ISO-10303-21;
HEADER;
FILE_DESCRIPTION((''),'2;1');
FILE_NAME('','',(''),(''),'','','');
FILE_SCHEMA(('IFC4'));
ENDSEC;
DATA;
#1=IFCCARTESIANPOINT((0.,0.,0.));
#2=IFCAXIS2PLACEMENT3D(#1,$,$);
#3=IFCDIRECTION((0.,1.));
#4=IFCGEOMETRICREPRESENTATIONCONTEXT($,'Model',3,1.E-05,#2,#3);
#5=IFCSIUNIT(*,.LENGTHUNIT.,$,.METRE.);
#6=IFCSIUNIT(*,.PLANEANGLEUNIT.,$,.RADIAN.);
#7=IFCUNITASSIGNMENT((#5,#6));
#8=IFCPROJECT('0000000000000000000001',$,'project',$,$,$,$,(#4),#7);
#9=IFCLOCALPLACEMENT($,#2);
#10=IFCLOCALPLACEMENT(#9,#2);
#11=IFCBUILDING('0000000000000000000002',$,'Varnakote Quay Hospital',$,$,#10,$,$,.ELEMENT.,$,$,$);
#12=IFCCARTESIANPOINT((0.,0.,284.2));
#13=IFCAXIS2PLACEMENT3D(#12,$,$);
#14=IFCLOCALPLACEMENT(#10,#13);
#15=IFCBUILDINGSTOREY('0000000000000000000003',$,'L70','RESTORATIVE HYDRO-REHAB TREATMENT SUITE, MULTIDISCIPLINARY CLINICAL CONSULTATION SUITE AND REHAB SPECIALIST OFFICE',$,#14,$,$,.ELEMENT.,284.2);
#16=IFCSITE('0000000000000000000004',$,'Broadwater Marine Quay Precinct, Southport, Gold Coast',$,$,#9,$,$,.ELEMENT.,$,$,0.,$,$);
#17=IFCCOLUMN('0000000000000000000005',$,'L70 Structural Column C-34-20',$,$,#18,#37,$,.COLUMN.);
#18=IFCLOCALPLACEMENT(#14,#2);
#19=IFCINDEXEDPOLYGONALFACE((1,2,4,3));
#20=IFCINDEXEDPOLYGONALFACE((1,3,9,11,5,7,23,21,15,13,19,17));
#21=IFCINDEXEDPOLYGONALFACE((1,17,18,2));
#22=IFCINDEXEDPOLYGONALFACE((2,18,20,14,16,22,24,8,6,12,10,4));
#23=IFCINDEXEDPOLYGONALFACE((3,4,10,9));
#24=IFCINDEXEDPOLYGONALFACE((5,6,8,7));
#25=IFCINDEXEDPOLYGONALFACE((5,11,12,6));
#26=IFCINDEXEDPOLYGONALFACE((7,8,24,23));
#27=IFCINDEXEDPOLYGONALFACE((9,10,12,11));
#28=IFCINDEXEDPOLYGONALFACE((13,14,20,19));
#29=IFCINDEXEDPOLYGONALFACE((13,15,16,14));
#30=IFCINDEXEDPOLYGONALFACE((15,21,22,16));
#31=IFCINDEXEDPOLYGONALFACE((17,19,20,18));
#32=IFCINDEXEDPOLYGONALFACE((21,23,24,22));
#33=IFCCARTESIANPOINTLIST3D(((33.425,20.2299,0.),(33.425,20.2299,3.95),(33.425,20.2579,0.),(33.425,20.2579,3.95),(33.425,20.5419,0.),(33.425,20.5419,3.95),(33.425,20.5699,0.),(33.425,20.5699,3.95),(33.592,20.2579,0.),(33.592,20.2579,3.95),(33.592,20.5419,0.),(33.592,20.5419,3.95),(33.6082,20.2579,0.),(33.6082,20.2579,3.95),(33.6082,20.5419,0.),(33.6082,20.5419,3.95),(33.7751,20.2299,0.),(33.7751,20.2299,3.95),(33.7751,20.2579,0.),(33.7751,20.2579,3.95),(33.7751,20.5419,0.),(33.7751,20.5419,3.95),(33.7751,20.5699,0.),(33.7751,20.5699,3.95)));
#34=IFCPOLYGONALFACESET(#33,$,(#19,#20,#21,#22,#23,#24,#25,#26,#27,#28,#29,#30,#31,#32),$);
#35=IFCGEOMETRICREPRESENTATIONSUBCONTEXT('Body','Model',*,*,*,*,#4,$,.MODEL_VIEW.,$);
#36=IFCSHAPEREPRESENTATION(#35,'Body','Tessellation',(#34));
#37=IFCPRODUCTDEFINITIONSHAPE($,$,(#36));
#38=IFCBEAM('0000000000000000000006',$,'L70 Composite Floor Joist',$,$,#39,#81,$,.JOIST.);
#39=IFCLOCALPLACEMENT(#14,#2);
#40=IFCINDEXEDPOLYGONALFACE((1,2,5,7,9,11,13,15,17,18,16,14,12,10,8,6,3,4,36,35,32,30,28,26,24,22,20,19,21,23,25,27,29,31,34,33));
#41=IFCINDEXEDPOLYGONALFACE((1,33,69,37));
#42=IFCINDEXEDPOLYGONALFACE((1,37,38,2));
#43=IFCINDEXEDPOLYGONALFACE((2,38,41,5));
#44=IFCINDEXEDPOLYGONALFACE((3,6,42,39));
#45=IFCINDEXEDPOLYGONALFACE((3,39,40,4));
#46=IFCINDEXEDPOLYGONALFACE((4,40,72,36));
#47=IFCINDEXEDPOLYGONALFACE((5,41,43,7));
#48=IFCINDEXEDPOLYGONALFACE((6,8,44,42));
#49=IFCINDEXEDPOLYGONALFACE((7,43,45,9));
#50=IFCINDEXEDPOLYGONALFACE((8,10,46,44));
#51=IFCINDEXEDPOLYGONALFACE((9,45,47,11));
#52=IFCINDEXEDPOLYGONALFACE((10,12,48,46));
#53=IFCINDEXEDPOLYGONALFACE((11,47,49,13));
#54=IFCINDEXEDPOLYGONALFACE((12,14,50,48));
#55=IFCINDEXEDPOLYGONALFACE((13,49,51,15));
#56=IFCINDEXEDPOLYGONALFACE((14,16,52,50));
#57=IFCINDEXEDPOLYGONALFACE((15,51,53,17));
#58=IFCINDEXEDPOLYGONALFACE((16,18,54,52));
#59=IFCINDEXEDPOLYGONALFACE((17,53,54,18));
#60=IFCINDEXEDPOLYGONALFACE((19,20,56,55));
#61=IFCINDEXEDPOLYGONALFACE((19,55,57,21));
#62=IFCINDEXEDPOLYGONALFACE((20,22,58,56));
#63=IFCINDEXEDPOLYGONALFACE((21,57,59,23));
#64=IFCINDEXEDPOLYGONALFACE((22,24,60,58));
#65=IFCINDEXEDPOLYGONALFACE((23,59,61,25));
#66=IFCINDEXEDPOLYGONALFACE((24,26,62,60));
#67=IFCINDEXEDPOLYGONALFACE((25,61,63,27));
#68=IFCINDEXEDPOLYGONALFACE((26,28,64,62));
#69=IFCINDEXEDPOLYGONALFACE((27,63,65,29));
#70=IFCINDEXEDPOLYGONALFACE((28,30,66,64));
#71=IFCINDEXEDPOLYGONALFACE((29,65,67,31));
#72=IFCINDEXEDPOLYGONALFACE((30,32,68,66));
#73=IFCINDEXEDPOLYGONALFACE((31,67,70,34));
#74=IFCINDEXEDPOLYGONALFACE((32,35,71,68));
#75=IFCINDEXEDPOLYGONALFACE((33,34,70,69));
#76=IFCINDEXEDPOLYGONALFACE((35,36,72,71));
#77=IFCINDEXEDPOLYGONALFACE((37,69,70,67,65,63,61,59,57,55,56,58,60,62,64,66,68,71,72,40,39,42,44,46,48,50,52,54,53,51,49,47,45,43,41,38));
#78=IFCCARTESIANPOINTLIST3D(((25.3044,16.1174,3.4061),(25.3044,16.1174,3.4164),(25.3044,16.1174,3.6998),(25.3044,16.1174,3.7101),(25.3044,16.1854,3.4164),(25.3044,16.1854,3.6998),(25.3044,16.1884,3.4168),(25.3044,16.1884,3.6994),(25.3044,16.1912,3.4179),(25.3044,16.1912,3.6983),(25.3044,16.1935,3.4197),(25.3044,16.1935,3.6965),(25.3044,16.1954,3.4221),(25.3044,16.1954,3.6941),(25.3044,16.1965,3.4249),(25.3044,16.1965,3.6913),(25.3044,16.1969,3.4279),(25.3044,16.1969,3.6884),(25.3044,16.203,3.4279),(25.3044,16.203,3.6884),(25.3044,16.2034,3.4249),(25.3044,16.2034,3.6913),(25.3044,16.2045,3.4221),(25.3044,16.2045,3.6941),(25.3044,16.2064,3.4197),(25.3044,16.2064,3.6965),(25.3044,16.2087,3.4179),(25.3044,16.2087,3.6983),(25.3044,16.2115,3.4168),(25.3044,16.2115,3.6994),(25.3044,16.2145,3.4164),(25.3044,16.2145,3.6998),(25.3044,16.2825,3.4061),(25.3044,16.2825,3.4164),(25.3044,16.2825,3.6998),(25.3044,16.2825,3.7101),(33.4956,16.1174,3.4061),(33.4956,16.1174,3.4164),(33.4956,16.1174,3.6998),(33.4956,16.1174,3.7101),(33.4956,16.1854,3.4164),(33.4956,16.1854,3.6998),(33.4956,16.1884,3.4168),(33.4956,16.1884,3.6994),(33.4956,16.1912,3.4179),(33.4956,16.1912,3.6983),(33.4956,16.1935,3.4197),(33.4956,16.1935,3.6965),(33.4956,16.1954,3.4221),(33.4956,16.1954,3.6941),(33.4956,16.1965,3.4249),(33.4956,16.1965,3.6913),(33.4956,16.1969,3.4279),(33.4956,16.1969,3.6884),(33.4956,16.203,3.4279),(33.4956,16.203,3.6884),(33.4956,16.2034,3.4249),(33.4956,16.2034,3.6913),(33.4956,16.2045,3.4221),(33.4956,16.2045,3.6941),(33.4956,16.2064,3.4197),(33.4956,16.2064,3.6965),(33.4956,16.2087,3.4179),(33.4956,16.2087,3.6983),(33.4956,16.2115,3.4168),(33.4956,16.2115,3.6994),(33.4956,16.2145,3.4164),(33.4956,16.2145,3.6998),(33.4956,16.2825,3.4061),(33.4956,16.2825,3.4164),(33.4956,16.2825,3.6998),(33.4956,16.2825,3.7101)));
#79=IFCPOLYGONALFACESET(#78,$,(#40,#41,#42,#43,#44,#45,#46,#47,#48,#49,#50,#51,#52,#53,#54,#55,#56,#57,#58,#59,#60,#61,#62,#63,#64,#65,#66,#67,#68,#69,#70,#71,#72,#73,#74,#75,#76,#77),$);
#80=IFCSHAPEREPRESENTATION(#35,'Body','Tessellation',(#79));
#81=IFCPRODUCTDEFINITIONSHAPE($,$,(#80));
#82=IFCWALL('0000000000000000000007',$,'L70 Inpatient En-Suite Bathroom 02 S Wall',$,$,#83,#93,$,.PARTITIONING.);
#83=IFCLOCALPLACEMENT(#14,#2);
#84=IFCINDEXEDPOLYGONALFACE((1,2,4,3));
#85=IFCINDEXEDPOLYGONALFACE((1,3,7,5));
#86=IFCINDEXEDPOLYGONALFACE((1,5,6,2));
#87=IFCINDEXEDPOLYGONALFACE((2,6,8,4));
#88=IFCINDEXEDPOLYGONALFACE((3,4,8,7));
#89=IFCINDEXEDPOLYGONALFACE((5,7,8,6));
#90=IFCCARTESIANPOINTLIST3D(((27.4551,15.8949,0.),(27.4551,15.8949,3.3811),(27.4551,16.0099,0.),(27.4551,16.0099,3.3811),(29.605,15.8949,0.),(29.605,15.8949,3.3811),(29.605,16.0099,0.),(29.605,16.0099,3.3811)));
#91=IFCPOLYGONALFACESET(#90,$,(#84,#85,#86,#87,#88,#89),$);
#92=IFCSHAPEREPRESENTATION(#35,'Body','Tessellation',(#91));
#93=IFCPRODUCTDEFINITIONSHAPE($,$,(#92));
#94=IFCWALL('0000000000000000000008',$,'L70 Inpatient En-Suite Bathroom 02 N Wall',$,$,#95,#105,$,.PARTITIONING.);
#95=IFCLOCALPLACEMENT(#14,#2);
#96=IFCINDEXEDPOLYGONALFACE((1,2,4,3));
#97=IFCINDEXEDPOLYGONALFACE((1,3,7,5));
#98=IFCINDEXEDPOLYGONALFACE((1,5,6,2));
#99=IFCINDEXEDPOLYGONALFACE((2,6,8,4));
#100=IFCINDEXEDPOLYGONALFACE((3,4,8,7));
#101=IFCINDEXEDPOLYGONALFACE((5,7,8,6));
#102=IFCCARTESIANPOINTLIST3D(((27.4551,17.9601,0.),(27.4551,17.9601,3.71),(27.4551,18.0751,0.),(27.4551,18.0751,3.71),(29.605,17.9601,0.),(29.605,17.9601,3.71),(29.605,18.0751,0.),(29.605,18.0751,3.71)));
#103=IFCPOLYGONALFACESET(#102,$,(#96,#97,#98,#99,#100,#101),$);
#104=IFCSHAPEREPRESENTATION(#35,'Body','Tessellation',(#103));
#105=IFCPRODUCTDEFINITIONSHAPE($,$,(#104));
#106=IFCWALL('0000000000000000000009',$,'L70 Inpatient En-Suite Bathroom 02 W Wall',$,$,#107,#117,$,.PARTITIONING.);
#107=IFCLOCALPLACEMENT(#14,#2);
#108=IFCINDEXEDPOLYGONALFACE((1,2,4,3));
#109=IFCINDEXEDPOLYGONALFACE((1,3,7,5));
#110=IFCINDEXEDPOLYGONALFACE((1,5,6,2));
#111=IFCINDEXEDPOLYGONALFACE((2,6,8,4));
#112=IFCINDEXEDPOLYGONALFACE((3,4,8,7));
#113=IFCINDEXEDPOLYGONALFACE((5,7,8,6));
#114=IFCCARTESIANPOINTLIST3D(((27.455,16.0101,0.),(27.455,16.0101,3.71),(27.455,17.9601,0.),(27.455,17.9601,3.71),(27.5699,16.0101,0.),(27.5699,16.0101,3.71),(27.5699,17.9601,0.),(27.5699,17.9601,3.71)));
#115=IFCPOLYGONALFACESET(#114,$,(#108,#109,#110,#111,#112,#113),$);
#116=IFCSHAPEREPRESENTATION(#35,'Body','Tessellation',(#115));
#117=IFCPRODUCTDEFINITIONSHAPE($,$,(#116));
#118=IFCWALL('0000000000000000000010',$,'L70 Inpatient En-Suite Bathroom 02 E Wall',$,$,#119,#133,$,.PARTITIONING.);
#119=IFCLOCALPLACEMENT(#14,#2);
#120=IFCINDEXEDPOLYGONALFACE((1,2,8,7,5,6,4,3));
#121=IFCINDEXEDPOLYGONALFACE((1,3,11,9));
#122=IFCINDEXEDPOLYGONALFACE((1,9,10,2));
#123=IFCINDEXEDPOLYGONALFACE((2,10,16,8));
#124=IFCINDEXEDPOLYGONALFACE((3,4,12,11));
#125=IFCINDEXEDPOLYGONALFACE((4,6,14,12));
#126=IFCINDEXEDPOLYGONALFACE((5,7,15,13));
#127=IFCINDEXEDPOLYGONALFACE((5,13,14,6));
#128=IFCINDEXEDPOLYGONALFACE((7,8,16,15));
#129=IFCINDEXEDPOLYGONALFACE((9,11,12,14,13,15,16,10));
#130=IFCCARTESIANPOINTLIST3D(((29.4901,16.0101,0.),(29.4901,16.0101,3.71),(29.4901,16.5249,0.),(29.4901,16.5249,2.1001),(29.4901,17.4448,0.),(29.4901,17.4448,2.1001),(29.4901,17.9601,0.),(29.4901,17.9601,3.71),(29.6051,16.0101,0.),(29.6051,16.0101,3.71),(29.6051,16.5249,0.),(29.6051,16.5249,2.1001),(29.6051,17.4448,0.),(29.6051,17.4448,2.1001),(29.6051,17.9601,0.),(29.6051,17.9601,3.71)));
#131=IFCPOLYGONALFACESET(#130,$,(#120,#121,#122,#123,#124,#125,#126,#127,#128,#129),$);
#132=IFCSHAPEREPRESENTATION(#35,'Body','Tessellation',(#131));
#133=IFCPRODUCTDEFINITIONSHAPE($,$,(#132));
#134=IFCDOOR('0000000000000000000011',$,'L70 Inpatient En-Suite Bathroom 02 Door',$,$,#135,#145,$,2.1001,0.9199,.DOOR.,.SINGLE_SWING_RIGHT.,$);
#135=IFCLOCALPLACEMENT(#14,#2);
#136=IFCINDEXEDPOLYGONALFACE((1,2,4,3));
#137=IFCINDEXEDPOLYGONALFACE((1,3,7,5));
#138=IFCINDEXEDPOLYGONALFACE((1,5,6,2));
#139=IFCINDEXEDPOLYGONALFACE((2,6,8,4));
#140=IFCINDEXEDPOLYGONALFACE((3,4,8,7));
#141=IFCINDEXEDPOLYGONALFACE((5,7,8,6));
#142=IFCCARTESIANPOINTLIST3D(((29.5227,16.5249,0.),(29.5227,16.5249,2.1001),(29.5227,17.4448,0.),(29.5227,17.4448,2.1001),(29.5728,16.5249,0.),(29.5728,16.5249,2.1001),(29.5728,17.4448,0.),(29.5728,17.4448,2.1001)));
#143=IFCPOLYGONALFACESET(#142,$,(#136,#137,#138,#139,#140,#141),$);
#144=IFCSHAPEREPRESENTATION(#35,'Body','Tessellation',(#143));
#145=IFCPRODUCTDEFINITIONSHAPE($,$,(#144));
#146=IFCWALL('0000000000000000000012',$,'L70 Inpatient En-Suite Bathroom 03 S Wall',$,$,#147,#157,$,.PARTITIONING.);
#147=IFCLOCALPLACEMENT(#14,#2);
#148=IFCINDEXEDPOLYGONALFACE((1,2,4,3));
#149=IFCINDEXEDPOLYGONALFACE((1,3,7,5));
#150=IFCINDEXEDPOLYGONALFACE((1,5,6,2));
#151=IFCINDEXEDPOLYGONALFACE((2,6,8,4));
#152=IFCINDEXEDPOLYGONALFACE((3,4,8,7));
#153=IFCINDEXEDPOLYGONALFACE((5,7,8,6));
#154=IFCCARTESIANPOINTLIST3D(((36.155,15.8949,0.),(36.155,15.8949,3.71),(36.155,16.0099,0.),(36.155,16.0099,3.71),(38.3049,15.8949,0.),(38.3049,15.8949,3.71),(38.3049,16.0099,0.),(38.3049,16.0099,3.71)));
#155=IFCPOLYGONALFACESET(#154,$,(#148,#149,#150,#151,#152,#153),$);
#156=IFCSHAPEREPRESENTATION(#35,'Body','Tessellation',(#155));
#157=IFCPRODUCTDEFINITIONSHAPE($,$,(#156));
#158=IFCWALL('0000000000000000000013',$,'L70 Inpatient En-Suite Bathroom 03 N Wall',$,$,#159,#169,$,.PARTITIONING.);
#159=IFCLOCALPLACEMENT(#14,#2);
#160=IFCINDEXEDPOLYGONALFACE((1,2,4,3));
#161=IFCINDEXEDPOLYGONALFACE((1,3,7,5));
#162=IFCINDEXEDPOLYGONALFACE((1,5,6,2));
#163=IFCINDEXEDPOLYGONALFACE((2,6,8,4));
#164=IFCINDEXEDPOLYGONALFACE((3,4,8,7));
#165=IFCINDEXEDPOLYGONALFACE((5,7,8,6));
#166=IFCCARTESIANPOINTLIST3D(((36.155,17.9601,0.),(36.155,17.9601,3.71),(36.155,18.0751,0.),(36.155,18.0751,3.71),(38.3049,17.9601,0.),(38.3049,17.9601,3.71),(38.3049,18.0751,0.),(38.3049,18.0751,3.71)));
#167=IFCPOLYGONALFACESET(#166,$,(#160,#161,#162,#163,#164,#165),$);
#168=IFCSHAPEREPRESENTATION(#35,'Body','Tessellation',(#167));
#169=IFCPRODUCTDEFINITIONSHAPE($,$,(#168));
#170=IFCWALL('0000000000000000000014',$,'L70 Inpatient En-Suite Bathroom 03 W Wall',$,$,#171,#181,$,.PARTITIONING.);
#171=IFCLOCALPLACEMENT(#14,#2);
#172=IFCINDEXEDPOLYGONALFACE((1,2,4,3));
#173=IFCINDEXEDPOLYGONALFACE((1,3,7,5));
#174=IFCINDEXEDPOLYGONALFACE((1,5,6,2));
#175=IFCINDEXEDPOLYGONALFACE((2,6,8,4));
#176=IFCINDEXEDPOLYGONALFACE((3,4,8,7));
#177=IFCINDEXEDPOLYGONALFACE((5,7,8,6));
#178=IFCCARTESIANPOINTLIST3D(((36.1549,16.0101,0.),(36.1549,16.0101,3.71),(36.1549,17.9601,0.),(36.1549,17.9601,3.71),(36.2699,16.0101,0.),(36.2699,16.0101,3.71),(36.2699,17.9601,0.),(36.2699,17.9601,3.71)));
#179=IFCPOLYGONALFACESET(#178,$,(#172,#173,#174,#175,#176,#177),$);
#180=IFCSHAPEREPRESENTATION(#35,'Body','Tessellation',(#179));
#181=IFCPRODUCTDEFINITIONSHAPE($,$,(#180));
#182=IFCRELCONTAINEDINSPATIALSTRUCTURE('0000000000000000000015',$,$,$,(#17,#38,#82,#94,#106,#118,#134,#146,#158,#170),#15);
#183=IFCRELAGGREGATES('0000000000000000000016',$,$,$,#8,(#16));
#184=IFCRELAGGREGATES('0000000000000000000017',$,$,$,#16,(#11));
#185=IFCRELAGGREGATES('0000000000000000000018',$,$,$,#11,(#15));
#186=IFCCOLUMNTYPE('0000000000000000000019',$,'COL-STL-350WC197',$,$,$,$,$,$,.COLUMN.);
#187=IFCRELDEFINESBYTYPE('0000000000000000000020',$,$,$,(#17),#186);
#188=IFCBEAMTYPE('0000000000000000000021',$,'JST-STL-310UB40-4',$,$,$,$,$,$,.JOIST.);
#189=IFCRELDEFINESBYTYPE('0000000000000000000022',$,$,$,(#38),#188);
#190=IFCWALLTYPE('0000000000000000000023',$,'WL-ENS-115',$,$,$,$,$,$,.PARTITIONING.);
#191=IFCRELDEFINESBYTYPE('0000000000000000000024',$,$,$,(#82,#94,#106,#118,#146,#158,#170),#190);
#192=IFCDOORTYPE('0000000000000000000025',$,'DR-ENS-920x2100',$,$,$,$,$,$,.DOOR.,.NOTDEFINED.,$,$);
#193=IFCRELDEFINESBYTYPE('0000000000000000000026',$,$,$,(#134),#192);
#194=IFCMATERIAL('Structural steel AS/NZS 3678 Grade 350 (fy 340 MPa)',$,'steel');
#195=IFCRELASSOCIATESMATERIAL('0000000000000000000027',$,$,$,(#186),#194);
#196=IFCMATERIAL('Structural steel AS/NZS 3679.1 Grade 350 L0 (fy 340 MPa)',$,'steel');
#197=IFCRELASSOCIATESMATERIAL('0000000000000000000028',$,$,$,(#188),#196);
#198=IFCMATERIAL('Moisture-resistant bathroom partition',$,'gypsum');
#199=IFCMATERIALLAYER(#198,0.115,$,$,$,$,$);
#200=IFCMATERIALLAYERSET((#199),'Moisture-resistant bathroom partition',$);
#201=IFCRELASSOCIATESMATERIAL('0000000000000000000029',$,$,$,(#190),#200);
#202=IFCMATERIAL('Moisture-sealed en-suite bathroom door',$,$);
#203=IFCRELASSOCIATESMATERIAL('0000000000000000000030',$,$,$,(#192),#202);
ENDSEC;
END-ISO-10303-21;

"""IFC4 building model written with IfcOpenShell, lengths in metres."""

from ifc_helpers import new_model, si_unit, direction, frame, frame_2d, origin, origin_2d, place, context, subcontext, project, spatial, rectangle, i_section, extrude, material, layer, layer_set, material_profile, profile_set, type_object, element, fill, save


model = new_model("IFC4")

# Units and contexts
model_context = context("Model", 3, precision=1e-05, world=origin(), true_north=direction((0.0, 1.0)))
body_context = subcontext(model_context, "Body", "Model", "MODEL_VIEW")
ifc_project = project(units=[si_unit("LENGTHUNIT", "METRE"), si_unit("PLANEANGLEUNIT", "RADIAN")], contexts=[model_context])

# Site, building, storey
site_placement = place(None, origin())
site = spatial("IfcSite", under=ifc_project, at=site_placement, Name="Broadwater Marine Quay Precinct, Southport, Gold Coast", CompositionType="ELEMENT", RefElevation=0.0)
building_placement = place(site_placement, origin())
building = spatial("IfcBuilding", under=site, at=building_placement, Name="Varnakote Quay Hospital", CompositionType="ELEMENT")
storey_placement = place(building_placement, frame((0.0, 0.0, 284.2)))
storey = spatial("IfcBuildingStorey", under=building, at=storey_placement, Name="L70", Description="RESTORATIVE HYDRO-REHAB TREATMENT SUITE, MULTIDISCIPLINARY CLINICAL CONSULTATION SUITE AND REHAB SPECIALIST OFFICE", CompositionType="ELEMENT", Elevation=284.2)

# Column
ifc_material_1 = material(Name="Structural steel AS/NZS 3678 Grade 350 (fy 340 MPa)", Category="steel")
ifc_material_profile_1 = material_profile(ifc_material_1, i_section(OverallWidth=0.3501, OverallDepth=0.3401, WebThickness=0.0161, FlangeThickness=0.0281, at=origin_2d()), Name="350WC197")
ifc_profile_set_1 = profile_set([ifc_material_profile_1], Name="Structural steel AS/NZS 3678 Grade 350 (fy 340 MPa)")
column_type = type_object("IfcColumnType", Name="COL-STL-350WC197", PredefinedType="COLUMN", material=ifc_profile_set_1)
column_placement = place(storey_placement, frame((33.6001, 20.3999, 0.0), z_axis=(0.0, 0.0, 1.0), x_axis=(1.0, 0.0, 0.0)))
element("IfcColumn", 1, at=column_placement, inside=storey, type_object=column_type, Name="L70 Structural Column C-34-20", PredefinedType="COLUMN", context=body_context, shape_type="SweptSolid", body=[
    extrude(i_section(OverallWidth=0.3501, OverallDepth=0.3401, WebThickness=0.0161, FlangeThickness=0.0281, at=origin_2d()), origin(), (0.0, 0.0, 1.0), 3.95),
])

# Beam
ifc_material_2 = material(Name="Structural steel AS/NZS 3679.1 Grade 350 L0 (fy 340 MPa)", Category="steel")
ifc_material_profile_2 = material_profile(ifc_material_2, i_section(OverallWidth=0.165, OverallDepth=0.304, WebThickness=0.0061, FlangeThickness=0.0103, FilletRadius=0.0115, at=origin_2d()), Name="310UB40.4")
ifc_profile_set_2 = profile_set([ifc_material_profile_2], Name="Structural steel AS/NZS 3679.1 Grade 350 L0 (fy 340 MPa)")
beam_type = type_object("IfcBeamType", Name="JST-STL-310UB40-4", PredefinedType="JOIST", material=ifc_profile_set_2)
beam_placement = place(storey_placement, frame((25.3044, 16.2, 3.5581), z_axis=(1.0, 0.0, 0.0), x_axis=(0.0, 1.0, 0.0)))
element("IfcBeam", 2, at=beam_placement, inside=storey, type_object=beam_type, Name="L70 Composite Floor Joist", PredefinedType="JOIST", context=body_context, shape_type="SweptSolid", body=[
    extrude(i_section(OverallWidth=0.165, OverallDepth=0.304, WebThickness=0.0061, FlangeThickness=0.0103, FilletRadius=0.0115, at=origin_2d()), origin(), (0.0, 0.0, 1.0), 8.1912),
])

# Walls
ifc_material_3 = material(Name="Moisture-resistant bathroom partition", Category="gypsum")
ifc_layer_1 = layer(ifc_material_3, 0.115)
ifc_layer_set_1 = layer_set([ifc_layer_1], Name="Moisture-resistant bathroom partition")
wall_type_1 = type_object("IfcWallType", Name="WL-ENS-115", PredefinedType="PARTITIONING", material=ifc_layer_set_1)
wall_1_placement = place(storey_placement, frame((27.4551, 15.9524, 0.0), z_axis=(0.0, 0.0, 1.0), x_axis=(1.0, 0.0, 0.0)))
element("IfcWall", 3, at=wall_1_placement, inside=storey, type_object=wall_type_1, Name="L70 Inpatient En-Suite Bathroom 02 S Wall", PredefinedType="PARTITIONING", context=body_context, shape_type="SweptSolid", body=[
    extrude(rectangle(XDim=2.1499, YDim=0.115, at=frame_2d((1.075, 0.0))), origin(), (0.0, 0.0, 1.0), 3.3811),
])
wall_2_placement = place(storey_placement, frame((27.4551, 18.0176, 0.0), z_axis=(0.0, 0.0, 1.0), x_axis=(1.0, 0.0, 0.0)))
element("IfcWall", 4, at=wall_2_placement, inside=storey, type_object=wall_type_1, Name="L70 Inpatient En-Suite Bathroom 02 N Wall", PredefinedType="PARTITIONING", context=body_context, shape_type="SweptSolid", body=[
    extrude(rectangle(XDim=2.1499, YDim=0.115, at=frame_2d((1.075, 0.0))), origin(), (0.0, 0.0, 1.0), 3.71),
])
wall_3_placement = place(storey_placement, frame((27.5125, 16.01, 0.0), z_axis=(0.0, 0.0, 1.0), x_axis=(0.0, 1.0, 0.0)))
element("IfcWall", 5, at=wall_3_placement, inside=storey, type_object=wall_type_1, Name="L70 Inpatient En-Suite Bathroom 02 W Wall", PredefinedType="PARTITIONING", context=body_context, shape_type="SweptSolid", body=[
    extrude(rectangle(XDim=1.95, YDim=0.115, at=frame_2d((0.9751, 0.0))), origin(), (0.0, 0.0, 1.0), 3.71),
])

# Wall, opening, door
wall_4_placement = place(storey_placement, frame((29.5476, 16.01, 0.0), z_axis=(0.0, 0.0, 1.0), x_axis=(0.0, 1.0, 0.0)))
wall_4 = element("IfcWall", 6, at=wall_4_placement, inside=storey, type_object=wall_type_1, Name="L70 Inpatient En-Suite Bathroom 02 E Wall", PredefinedType="PARTITIONING", context=body_context, shape_type="SweptSolid", body=[
    extrude(rectangle(XDim=1.95, YDim=0.115, at=frame_2d((0.9751, 0.0))), origin(), (0.0, 0.0, 1.0), 3.71),
])
opening_1_placement = place(wall_4_placement, frame((0.5149, 0.0, 0.0)))
opening_1 = element("IfcOpeningElement", 7, at=opening_1_placement, cuts=wall_4, PredefinedType="OPENING", context=body_context, shape_type="SweptSolid", body=[
    extrude(rectangle(XDim=0.9199, YDim=2.1001, at=frame_2d((0.46, 1.05))), frame((0.0, 0.0674, 0.0), z_axis=(0.0, -1.0, 0.0), x_axis=(1.0, 0.0, 0.0)), (0.0, 0.0, 1.0), 0.135),
])
ifc_material_4 = material(Name="Moisture-sealed en-suite bathroom door")
door_type = type_object("IfcDoorType", Name="DR-ENS-920x2100", OperationType="NOTDEFINED", PredefinedType="DOOR", material=ifc_material_4)
door_1_placement = place(opening_1_placement, origin())
door_1 = element("IfcDoor", 8, at=door_1_placement, inside=storey, type_object=door_type, Name="L70 Inpatient En-Suite Bathroom 02 Door", OperationType="SINGLE_SWING_RIGHT", OverallHeight=2.1001, OverallWidth=0.9199, PredefinedType="DOOR", context=body_context, shape_type="SweptSolid", body=[
    extrude(rectangle(XDim=0.9199, YDim=2.1001, at=frame_2d((0.46, 1.05))), frame((0.0, 0.0249, 0.0), z_axis=(0.0, -1.0, 0.0), x_axis=(1.0, 0.0, 0.0)), (0.0, 0.0, 1.0), 0.05),
])
fill(opening_1, door_1)

# Walls
for number, where, z_axis, x_axis, name in (
    (9, (36.155, 15.9524, 0.0), (0.0, 0.0, 1.0), (1.0, 0.0, 0.0), "L70 Inpatient En-Suite Bathroom 03 S Wall"),
    (10, (36.155, 18.0176, 0.0), (0.0, 0.0, 1.0), (1.0, 0.0, 0.0), "L70 Inpatient En-Suite Bathroom 03 N Wall"),
):
    element("IfcWall", number, at=place(storey_placement, frame(where, z_axis=z_axis, x_axis=x_axis)), inside=storey, type_object=wall_type_1, Name=name, PredefinedType="PARTITIONING", context=body_context, shape_type="SweptSolid", body=[
        extrude(rectangle(XDim=2.1499, YDim=0.115, at=frame_2d((1.075, 0.0))), origin(), (0.0, 0.0, 1.0), 3.71),
    ])
wall_5_placement = place(storey_placement, frame((36.2124, 16.01, 0.0), z_axis=(0.0, 0.0, 1.0), x_axis=(0.0, 1.0, 0.0)))
element("IfcWall", 11, at=wall_5_placement, inside=storey, type_object=wall_type_1, Name="L70 Inpatient En-Suite Bathroom 03 W Wall", PredefinedType="PARTITIONING", context=body_context, shape_type="SweptSolid", body=[
    extrude(rectangle(XDim=1.95, YDim=0.115, at=frame_2d((0.9751, 0.0))), origin(), (0.0, 0.0, 1.0), 3.71),
])

save(model, "model.ifc")
